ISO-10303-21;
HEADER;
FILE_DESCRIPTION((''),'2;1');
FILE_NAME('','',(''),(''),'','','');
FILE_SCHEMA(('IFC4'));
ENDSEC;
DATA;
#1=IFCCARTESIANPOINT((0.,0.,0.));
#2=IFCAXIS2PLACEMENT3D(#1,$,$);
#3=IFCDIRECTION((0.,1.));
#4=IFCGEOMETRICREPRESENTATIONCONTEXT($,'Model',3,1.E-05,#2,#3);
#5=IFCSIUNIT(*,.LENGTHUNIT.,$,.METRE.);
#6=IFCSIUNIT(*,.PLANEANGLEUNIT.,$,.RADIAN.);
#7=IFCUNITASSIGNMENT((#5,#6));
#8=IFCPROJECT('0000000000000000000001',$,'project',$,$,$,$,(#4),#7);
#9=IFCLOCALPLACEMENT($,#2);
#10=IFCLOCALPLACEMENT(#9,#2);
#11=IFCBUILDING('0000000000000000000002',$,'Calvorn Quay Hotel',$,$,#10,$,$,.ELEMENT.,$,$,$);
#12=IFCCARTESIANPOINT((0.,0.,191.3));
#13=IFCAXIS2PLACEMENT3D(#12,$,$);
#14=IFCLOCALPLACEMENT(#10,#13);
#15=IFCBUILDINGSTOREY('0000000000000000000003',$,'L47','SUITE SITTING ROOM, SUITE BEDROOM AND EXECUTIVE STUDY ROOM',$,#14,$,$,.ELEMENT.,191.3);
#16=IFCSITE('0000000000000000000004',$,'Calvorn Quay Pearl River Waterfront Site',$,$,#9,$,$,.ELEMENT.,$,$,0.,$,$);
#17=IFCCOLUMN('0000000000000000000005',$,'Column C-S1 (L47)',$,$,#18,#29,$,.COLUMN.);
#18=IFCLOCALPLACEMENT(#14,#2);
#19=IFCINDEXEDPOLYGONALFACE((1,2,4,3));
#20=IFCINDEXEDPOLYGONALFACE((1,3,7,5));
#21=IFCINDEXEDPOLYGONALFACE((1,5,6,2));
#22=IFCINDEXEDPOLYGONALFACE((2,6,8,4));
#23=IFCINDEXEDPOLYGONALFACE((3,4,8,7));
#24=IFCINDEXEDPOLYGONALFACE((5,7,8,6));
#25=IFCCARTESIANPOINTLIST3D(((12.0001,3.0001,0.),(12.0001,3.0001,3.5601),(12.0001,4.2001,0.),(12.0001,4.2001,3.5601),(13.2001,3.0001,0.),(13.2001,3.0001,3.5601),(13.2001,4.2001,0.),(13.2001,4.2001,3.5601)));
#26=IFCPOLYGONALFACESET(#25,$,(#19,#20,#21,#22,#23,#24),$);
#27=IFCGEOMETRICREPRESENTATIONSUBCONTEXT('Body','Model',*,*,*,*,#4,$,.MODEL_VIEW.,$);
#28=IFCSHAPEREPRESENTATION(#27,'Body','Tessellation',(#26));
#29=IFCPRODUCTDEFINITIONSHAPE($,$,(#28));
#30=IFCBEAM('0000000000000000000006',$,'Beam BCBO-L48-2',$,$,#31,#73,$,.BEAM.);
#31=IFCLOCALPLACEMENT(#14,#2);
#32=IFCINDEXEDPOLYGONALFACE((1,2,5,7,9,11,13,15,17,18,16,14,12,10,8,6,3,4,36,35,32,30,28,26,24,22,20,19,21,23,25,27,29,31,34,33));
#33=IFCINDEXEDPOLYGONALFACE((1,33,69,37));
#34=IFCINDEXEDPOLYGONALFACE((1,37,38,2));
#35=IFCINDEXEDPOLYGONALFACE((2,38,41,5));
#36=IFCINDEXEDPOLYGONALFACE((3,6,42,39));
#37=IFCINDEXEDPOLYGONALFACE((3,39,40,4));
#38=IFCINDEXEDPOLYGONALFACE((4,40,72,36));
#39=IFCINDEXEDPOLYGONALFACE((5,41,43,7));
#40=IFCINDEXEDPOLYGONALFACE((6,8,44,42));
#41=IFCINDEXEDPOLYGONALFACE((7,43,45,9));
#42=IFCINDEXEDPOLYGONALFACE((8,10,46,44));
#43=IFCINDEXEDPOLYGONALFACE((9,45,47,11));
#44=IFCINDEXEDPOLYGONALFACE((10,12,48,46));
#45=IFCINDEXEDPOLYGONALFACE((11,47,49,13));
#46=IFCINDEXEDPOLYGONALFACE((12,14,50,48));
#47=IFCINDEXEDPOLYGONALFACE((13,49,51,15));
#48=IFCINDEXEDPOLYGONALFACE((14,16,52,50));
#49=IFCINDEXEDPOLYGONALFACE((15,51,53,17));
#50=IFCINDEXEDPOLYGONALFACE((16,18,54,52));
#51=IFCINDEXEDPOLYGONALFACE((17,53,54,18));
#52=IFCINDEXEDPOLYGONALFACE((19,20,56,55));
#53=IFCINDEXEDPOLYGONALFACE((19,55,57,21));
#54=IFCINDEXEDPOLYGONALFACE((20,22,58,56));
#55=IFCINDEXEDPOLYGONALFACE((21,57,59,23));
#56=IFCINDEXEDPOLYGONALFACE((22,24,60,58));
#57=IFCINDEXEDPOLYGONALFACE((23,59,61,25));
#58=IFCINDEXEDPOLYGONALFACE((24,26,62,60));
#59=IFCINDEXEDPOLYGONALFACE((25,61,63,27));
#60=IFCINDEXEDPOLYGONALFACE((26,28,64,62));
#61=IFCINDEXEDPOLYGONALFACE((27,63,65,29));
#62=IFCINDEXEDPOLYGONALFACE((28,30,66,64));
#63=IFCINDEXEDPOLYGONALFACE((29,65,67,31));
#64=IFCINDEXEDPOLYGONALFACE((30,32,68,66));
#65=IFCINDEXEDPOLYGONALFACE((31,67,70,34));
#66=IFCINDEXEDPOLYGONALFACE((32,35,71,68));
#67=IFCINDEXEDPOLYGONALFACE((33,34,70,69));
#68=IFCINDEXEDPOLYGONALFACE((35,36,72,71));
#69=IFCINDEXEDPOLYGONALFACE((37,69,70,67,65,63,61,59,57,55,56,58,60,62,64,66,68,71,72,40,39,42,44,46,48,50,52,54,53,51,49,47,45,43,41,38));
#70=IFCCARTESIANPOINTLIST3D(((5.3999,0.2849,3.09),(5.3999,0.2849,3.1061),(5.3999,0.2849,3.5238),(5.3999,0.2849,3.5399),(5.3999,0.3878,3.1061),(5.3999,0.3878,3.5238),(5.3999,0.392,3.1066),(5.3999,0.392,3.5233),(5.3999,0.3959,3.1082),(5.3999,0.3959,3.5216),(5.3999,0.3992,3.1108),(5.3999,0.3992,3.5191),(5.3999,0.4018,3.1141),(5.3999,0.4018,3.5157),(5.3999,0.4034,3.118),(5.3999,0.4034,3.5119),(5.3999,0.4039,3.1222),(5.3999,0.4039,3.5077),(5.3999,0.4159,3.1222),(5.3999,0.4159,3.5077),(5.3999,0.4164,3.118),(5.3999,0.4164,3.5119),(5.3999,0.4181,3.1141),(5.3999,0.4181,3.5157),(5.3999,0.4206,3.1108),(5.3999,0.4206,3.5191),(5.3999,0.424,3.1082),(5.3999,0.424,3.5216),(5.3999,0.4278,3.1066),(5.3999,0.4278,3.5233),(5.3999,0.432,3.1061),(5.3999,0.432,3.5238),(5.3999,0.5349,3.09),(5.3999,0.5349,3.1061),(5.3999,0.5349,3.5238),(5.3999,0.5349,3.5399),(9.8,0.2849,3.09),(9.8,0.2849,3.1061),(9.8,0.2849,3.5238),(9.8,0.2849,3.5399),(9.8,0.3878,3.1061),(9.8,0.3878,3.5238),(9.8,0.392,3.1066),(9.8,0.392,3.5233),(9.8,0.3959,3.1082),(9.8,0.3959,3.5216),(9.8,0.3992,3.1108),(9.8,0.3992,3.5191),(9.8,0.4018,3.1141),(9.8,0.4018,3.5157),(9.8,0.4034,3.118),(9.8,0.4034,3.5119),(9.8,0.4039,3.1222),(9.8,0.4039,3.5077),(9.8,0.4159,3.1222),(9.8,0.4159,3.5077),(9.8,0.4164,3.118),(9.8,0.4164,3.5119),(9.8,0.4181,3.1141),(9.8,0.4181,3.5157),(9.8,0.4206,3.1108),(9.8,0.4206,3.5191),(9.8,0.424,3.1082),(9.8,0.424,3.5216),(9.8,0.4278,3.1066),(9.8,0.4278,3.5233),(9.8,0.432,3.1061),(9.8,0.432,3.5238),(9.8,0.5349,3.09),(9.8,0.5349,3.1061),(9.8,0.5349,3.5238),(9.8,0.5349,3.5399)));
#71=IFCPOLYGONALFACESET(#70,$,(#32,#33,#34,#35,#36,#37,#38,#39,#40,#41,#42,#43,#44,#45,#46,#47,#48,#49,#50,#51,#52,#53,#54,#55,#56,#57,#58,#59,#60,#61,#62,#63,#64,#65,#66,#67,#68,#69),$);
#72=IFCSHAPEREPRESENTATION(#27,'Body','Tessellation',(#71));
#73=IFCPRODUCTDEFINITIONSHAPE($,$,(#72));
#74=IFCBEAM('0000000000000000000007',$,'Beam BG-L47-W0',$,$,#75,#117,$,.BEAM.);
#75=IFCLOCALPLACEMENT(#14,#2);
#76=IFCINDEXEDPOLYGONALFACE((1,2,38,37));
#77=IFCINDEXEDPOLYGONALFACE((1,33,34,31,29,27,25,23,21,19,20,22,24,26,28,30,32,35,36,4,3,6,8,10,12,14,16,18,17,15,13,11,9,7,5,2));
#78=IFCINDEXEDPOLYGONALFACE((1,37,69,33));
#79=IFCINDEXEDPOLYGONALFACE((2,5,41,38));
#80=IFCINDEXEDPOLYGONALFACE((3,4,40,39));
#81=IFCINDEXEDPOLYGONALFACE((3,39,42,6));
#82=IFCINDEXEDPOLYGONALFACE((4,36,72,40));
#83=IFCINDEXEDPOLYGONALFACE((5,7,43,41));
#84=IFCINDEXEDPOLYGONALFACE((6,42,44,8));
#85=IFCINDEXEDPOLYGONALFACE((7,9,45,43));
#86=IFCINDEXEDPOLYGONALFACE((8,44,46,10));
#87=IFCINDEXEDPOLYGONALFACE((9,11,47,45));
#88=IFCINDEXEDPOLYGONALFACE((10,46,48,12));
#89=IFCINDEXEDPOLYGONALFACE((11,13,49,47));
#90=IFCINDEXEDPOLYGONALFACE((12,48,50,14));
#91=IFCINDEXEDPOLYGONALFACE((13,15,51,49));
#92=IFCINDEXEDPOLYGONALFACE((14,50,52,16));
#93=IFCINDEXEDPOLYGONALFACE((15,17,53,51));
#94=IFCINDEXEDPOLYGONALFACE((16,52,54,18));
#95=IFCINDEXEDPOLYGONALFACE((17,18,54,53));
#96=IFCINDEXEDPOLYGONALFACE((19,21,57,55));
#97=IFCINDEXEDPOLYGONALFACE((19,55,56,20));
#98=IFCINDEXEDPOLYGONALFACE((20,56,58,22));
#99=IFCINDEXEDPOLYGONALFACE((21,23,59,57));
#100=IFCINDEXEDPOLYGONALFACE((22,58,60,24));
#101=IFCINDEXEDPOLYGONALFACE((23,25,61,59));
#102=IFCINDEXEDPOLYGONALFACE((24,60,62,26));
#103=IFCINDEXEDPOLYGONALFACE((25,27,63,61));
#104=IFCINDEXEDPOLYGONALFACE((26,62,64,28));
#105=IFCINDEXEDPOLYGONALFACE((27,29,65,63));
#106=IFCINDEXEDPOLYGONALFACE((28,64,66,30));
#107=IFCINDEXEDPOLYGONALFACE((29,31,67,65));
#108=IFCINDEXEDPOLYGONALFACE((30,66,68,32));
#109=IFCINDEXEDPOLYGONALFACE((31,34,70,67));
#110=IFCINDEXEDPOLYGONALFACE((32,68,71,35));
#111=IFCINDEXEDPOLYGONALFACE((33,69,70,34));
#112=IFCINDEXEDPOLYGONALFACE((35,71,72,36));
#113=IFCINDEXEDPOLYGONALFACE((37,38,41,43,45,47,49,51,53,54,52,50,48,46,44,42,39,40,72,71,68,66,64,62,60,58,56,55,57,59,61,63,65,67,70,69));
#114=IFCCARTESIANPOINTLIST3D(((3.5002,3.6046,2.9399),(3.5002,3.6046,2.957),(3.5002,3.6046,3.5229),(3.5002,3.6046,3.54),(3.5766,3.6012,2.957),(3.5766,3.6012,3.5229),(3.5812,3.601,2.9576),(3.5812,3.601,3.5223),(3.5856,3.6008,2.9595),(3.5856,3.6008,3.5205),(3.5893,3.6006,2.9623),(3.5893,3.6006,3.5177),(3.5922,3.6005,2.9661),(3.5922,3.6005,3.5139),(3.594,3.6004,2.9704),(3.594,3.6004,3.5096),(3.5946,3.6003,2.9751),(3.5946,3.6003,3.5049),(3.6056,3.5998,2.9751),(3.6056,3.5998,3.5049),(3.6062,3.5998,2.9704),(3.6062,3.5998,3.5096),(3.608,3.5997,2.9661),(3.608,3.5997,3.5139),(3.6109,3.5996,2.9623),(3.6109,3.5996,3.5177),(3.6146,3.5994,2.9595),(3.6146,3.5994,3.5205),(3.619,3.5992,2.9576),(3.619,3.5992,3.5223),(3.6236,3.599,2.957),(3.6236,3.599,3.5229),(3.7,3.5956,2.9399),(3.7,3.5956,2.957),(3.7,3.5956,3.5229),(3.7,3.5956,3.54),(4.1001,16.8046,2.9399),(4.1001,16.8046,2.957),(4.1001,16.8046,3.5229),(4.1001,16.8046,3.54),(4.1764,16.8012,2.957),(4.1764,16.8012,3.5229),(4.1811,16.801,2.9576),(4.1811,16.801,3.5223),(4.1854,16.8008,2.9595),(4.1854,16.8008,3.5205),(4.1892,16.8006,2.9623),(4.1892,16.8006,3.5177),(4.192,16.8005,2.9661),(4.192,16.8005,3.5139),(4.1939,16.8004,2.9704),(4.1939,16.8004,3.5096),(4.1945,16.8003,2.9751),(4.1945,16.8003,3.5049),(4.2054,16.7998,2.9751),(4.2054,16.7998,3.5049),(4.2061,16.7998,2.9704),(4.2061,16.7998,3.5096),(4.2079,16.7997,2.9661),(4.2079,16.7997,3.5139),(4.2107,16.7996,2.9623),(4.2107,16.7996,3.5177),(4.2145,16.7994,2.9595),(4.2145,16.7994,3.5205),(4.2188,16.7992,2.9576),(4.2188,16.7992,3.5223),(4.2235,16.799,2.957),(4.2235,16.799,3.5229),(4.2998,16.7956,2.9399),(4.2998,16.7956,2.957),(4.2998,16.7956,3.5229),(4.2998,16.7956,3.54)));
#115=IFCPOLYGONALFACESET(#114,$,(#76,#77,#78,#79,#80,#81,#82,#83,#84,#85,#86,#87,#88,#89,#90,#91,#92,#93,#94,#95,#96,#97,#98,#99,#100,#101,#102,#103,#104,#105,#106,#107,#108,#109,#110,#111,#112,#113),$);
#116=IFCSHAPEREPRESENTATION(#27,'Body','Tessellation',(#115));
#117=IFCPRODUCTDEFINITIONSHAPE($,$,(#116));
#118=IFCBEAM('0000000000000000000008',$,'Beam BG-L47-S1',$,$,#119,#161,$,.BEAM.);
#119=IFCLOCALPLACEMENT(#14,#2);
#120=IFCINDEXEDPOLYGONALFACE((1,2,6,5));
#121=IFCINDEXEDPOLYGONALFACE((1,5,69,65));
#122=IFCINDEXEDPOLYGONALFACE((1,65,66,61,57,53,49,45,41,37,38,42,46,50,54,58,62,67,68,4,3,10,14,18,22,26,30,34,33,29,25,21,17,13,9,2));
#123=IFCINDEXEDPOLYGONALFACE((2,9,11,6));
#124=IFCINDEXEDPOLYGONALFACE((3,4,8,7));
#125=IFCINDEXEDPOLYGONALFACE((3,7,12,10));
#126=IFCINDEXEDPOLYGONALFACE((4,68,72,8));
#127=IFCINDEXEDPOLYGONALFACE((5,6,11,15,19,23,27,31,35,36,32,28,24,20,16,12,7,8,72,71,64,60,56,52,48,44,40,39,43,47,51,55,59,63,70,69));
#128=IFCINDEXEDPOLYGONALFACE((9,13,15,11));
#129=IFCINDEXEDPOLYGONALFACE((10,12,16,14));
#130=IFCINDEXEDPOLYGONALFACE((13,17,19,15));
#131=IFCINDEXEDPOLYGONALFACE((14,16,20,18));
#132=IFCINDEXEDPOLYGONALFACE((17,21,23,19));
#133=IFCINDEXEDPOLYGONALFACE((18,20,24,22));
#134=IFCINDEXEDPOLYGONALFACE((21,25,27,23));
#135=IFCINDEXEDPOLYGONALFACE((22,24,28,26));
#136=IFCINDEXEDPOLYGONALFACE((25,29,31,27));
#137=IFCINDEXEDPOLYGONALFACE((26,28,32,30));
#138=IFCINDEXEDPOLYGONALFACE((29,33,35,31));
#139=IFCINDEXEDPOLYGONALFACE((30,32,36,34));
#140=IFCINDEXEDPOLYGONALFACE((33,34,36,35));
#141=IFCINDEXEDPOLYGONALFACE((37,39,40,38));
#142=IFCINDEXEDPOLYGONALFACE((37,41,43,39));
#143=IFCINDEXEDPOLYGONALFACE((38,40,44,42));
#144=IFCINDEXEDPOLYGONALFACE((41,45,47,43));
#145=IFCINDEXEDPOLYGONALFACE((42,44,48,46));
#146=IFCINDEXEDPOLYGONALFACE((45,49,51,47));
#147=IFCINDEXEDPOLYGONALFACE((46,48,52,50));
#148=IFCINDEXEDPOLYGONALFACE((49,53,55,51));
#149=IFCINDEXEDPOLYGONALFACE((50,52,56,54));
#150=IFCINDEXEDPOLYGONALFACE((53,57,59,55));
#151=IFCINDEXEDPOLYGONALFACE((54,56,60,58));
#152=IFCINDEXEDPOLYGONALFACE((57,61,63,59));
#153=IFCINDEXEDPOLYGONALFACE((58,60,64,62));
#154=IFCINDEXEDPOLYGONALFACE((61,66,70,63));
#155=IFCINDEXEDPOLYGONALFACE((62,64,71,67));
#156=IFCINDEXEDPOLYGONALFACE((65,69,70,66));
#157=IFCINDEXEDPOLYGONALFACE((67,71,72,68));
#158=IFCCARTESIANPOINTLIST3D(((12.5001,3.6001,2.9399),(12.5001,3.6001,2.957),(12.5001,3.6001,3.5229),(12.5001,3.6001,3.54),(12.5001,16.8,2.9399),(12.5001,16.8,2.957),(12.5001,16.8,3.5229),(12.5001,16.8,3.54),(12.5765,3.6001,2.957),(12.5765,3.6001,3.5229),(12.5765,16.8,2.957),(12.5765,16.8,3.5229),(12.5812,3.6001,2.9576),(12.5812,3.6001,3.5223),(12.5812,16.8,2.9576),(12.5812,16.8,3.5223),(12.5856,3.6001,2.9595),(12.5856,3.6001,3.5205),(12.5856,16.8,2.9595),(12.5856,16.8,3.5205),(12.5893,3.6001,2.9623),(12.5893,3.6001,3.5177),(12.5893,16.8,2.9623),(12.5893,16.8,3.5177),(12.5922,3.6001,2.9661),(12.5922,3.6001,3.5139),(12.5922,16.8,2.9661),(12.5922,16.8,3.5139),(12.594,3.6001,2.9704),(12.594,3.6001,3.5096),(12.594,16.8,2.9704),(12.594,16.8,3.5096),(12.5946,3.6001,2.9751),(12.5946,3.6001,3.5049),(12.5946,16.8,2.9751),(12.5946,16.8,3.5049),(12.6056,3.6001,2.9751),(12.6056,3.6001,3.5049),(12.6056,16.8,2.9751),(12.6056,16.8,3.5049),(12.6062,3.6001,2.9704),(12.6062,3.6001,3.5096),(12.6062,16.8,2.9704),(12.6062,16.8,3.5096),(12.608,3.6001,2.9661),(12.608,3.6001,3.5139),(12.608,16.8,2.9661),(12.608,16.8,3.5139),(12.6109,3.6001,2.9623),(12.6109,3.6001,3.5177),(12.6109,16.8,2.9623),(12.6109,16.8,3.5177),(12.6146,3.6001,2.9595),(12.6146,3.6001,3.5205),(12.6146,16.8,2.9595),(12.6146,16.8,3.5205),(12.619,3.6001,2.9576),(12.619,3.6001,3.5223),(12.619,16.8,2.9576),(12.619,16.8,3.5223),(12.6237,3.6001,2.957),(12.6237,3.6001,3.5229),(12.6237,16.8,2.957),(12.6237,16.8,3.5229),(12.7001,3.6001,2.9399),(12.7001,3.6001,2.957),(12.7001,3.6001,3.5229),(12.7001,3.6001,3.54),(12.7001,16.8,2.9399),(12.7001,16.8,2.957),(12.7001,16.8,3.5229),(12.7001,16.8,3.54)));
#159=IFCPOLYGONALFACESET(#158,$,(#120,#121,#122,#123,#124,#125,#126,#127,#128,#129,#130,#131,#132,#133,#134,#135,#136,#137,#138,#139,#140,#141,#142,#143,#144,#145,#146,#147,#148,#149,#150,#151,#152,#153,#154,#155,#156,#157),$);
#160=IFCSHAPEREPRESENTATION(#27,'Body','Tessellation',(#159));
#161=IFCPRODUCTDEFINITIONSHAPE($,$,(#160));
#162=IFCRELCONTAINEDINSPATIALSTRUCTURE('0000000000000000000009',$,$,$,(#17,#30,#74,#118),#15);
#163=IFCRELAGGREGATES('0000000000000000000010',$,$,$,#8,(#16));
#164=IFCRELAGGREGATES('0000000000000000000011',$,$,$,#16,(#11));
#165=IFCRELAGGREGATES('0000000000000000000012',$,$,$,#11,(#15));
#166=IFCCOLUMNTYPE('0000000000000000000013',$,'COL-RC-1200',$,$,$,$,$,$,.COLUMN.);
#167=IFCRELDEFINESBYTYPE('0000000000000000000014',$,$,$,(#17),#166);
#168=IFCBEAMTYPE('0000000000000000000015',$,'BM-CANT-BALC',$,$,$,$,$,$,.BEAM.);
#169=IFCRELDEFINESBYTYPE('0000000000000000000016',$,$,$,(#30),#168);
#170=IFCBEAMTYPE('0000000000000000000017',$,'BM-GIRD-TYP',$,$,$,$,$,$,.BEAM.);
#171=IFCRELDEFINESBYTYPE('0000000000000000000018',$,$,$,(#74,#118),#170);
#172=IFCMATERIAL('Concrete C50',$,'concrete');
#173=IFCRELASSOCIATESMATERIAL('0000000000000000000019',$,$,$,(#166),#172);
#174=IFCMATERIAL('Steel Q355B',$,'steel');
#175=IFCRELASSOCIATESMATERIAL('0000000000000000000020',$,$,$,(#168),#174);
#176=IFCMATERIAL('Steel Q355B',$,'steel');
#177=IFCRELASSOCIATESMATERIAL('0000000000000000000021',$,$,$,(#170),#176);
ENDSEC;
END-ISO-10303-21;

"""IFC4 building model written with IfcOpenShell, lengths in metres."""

from ifc_helpers import new_model, si_unit, direction, frame, origin, origin_2d, place, context, subcontext, project, spatial, rectangle, i_section, extrude, material, material_profile, profile_set, type_object, element, save


model = new_model("IFC4")

# Units and contexts
model_context = context("Model", 3, precision=1e-05, world=origin(), true_north=direction((0.0, 1.0)))
body_context = subcontext(model_context, "Body", "Model", "MODEL_VIEW")
ifc_project = project(units=[si_unit("LENGTHUNIT", "METRE"), si_unit("PLANEANGLEUNIT", "RADIAN")], contexts=[model_context])

# Site, building, storey
site_placement = place(None, origin())
site = spatial("IfcSite", under=ifc_project, at=site_placement, Name="Calvorn Quay Pearl River Waterfront Site", CompositionType="ELEMENT", RefElevation=0.0)
building_placement = place(site_placement, origin())
building = spatial("IfcBuilding", under=site, at=building_placement, Name="Calvorn Quay Hotel", CompositionType="ELEMENT")
storey_placement = place(building_placement, frame((0.0, 0.0, 191.3)))
storey = spatial("IfcBuildingStorey", under=building, at=storey_placement, Name="L47", Description="SUITE SITTING ROOM, SUITE BEDROOM AND EXECUTIVE STUDY ROOM", CompositionType="ELEMENT", Elevation=191.3)

# Column
ifc_material_1 = material(Name="Concrete C50", Category="concrete")
ifc_material_profile_1 = material_profile(ifc_material_1, rectangle(XDim=1.2, YDim=1.2, at=origin_2d()), Name="RC1200x1200")
ifc_profile_set_1 = profile_set([ifc_material_profile_1], Name="Concrete C50")
column_type = type_object("IfcColumnType", Name="COL-RC-1200", PredefinedType="COLUMN", material=ifc_profile_set_1)
column_placement = place(storey_placement, frame((12.6001, 3.6001, 0.0), z_axis=(0.0, 0.0, 1.0), x_axis=(1.0, 0.0, 0.0)))
element("IfcColumn", 1, at=column_placement, inside=storey, type_object=column_type, Name="Column C-S1 (L47)", PredefinedType="COLUMN", context=body_context, shape_type="SweptSolid", body=[
    extrude(rectangle(XDim=1.2, YDim=1.2, at=origin_2d()), origin(), (0.0, 0.0, 1.0), 3.5601),
])

# Beams
ifc_material_2 = material(Name="Steel Q355B", Category="steel")
ifc_material_profile_2 = material_profile(ifc_material_2, i_section(OverallWidth=0.25, OverallDepth=0.45, WebThickness=0.012, FlangeThickness=0.0161, FilletRadius=0.0161, at=origin_2d()), Name="HN450x250x12x16")
ifc_profile_set_2 = profile_set([ifc_material_profile_2], Name="Steel Q355B")
beam_type_1 = type_object("IfcBeamType", Name="BM-CANT-BALC", PredefinedType="BEAM", material=ifc_profile_set_2)
beam_1_placement = place(storey_placement, frame((5.3999, 0.4099, 3.3149), z_axis=(1.0, 0.0, 0.0), x_axis=(0.0, 1.0, 0.0)))
element("IfcBeam", 2, at=beam_1_placement, inside=storey, type_object=beam_type_1, Name="Beam BCBO-L48-2", PredefinedType="BEAM", context=body_context, shape_type="SweptSolid", body=[
    extrude(i_section(OverallWidth=0.25, OverallDepth=0.45, WebThickness=0.012, FlangeThickness=0.0161, FilletRadius=0.0161, at=origin_2d()), origin(), (0.0, 0.0, 1.0), 4.4001),
])
ifc_material_3 = material(Name="Steel Q355B", Category="steel")
ifc_material_profile_3 = material_profile(ifc_material_3, i_section(OverallWidth=0.2, OverallDepth=0.6001, WebThickness=0.011, FlangeThickness=0.0171, FilletRadius=0.0181, at=origin_2d()), Name="HN600x200x11x17")
ifc_profile_set_3 = profile_set([ifc_material_profile_3], Name="Steel Q355B")
beam_type_2 = type_object("IfcBeamType", Name="BM-GIRD-TYP", PredefinedType="BEAM", material=ifc_profile_set_3)
beam_2_placement = place(storey_placement, frame((3.6001, 3.6001, 3.24), z_axis=(0.045397, 0.998969, 0.0), x_axis=(-0.998969, 0.045397, 0.0)))
element("IfcBeam", 3, at=beam_2_placement, inside=storey, type_object=beam_type_2, Name="Beam BG-L47-W0", PredefinedType="BEAM", context=body_context, shape_type="SweptSolid", body=[
    extrude(i_section(OverallWidth=0.2, OverallDepth=0.6001, WebThickness=0.011, FlangeThickness=0.0171, FilletRadius=0.0181, at=origin_2d()), origin(), (0.0, 0.0, 1.0), 13.2136),
])
beam_3_placement = place(storey_placement, frame((12.6001, 3.6001, 3.24), z_axis=(0.0, 1.0, 0.0), x_axis=(-1.0, 0.0, 0.0)))
element("IfcBeam", 4, at=beam_3_placement, inside=storey, type_object=beam_type_2, Name="Beam BG-L47-S1", PredefinedType="BEAM", context=body_context, shape_type="SweptSolid", body=[
    extrude(i_section(OverallWidth=0.2, OverallDepth=0.6001, WebThickness=0.011, FlangeThickness=0.0171, FilletRadius=0.0181, at=origin_2d()), origin(), (0.0, 0.0, 1.0), 13.2),
])

save(model, "model.ifc")
